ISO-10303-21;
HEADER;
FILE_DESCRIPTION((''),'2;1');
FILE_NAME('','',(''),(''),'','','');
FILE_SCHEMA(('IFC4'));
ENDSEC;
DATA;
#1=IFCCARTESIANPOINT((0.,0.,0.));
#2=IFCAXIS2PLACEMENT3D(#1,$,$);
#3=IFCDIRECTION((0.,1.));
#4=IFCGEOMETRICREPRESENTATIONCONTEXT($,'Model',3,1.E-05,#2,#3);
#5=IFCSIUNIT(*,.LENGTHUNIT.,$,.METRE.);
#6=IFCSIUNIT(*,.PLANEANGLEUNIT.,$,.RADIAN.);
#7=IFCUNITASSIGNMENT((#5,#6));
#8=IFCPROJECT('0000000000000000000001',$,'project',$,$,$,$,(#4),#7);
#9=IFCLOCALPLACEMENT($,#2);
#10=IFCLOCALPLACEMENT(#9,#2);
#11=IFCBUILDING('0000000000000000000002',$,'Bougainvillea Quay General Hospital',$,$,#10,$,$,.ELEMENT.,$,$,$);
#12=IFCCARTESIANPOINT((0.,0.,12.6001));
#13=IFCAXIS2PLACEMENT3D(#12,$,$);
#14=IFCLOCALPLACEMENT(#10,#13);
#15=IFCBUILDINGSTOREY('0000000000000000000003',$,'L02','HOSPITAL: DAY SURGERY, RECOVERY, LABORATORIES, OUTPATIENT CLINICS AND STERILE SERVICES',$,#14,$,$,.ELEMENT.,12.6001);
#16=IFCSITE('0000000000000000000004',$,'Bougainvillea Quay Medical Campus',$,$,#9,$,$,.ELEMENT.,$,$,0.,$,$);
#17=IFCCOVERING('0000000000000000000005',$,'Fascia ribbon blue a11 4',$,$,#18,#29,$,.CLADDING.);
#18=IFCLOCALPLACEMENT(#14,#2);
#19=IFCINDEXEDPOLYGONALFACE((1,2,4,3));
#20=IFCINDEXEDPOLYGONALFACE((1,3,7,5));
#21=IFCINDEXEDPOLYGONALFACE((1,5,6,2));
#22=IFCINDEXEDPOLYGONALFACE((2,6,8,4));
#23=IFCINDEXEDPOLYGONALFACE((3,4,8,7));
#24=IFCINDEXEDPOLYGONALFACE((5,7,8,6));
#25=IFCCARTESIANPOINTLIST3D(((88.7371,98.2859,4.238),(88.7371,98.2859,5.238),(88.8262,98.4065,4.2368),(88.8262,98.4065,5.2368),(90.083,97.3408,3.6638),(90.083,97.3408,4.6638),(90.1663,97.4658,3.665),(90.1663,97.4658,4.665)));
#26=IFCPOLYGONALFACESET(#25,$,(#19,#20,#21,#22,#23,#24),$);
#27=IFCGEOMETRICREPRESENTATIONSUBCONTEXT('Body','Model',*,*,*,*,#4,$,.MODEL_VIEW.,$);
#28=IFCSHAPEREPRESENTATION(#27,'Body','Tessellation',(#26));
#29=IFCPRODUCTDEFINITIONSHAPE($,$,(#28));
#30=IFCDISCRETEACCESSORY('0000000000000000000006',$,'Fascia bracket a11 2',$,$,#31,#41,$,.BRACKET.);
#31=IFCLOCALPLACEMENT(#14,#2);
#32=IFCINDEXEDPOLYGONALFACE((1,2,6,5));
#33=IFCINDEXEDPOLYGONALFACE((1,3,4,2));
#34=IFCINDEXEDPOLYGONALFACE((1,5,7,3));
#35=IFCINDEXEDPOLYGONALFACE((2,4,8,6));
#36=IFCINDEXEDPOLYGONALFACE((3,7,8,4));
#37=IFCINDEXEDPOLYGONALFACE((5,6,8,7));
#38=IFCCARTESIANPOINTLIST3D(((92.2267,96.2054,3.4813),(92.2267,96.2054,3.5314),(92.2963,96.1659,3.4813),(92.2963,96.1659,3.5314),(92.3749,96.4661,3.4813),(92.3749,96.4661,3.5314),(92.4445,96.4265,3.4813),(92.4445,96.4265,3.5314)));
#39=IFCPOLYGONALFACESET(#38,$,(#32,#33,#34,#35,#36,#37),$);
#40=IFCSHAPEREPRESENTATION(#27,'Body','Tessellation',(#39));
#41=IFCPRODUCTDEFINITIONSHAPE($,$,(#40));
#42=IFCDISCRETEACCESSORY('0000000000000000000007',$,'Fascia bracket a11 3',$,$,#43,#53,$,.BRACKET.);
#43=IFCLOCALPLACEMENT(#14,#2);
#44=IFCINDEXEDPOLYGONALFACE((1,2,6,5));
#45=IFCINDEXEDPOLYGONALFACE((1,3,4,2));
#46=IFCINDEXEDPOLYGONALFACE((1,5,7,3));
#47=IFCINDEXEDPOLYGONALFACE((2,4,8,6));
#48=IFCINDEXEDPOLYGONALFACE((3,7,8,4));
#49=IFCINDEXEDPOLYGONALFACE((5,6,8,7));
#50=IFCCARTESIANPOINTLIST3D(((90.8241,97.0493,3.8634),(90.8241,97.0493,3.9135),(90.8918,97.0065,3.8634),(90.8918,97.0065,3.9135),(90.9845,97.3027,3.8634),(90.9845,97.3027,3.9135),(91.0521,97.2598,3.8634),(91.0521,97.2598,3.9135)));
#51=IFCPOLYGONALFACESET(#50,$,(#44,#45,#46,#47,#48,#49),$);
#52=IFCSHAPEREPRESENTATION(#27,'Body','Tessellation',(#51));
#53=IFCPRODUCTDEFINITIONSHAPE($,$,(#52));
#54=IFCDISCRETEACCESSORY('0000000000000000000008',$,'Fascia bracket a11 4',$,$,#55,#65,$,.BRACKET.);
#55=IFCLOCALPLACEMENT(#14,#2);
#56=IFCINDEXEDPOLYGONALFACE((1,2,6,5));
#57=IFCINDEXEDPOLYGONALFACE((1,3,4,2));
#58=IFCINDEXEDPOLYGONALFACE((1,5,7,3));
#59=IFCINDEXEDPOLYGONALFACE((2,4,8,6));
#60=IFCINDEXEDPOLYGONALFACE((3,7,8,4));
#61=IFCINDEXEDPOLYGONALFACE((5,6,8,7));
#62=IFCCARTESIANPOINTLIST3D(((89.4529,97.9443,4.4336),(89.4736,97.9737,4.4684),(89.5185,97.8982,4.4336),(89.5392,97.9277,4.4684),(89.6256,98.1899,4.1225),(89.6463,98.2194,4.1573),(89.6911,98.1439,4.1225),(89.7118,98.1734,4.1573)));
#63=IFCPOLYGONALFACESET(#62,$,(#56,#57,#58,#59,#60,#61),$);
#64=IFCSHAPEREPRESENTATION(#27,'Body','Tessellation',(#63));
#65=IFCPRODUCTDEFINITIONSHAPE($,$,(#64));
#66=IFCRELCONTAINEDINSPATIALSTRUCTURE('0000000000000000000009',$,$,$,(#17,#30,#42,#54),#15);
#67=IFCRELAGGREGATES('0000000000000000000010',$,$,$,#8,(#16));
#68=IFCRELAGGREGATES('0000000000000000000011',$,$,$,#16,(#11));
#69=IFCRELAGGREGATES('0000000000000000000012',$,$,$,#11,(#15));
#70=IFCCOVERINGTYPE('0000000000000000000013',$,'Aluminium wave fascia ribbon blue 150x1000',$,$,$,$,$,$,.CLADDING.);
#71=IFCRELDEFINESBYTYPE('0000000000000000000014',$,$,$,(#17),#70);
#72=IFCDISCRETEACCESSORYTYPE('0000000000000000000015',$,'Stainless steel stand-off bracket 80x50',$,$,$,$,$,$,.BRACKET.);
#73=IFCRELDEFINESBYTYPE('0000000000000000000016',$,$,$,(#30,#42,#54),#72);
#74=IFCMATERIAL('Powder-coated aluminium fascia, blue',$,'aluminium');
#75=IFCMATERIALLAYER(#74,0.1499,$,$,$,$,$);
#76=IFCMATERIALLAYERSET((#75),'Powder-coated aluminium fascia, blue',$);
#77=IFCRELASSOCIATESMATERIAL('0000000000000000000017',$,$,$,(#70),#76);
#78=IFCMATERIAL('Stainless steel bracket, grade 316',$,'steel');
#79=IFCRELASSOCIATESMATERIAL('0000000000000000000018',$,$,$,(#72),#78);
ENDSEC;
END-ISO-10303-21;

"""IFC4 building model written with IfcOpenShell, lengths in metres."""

from ifc_helpers import new_model, si_unit, direction, frame, origin, origin_2d, place, context, subcontext, project, spatial, polyline, rectangle, outline, extrude, material, layer, layer_set, material_profile, profile_set, type_object, element, save


model = new_model("IFC4")

# Units and contexts
model_context = context("Model", 3, precision=1e-05, world=origin(), true_north=direction((0.0, 1.0)))
body_context = subcontext(model_context, "Body", "Model", "MODEL_VIEW")
ifc_project = project(units=[si_unit("LENGTHUNIT", "METRE"), si_unit("PLANEANGLEUNIT", "RADIAN")], contexts=[model_context])

# Site, building, storey
site_placement = place(None, origin())
site = spatial("IfcSite", under=ifc_project, at=site_placement, Name="Bougainvillea Quay Medical Campus", CompositionType="ELEMENT", RefElevation=0.0)
building_placement = place(site_placement, origin())
building = spatial("IfcBuilding", under=site, at=building_placement, Name="Bougainvillea Quay General Hospital", CompositionType="ELEMENT")
storey_placement = place(building_placement, frame((0.0, 0.0, 12.6001)))
storey = spatial("IfcBuildingStorey", under=building, at=storey_placement, Name="L02", Description="HOSPITAL: DAY SURGERY, RECOVERY, LABORATORIES, OUTPATIENT CLINICS AND STERILE SERVICES", CompositionType="ELEMENT", Elevation=12.6001)

# Covering
ifc_material_1 = material(Name="Powder-coated aluminium fascia, blue", Category="aluminium")
ifc_layer_1 = layer(ifc_material_1, 0.1499)
ifc_layer_set_1 = layer_set([ifc_layer_1], Name="Powder-coated aluminium fascia, blue")
covering_type = type_object("IfcCoveringType", Name="Aluminium wave fascia ribbon blue 150x1000", PredefinedType="CLADDING", material=ifc_layer_set_1)
covering_1_placement = place(storey_placement, frame((90.1663, 97.4658, 3.665), z_axis=(0.269847, -0.189376, 0.944097), x_axis=(-0.772726, 0.542415, 0.329667)))
element("IfcCovering", 1, at=covering_1_placement, inside=storey, type_object=covering_type, Name="Fascia ribbon blue a11 4", PredefinedType="CLADDING", context=body_context, shape_type="SweptSolid", body=[
    extrude(outline(polyline([(0.0, 0.0), (1.7343, 0.0), (1.7381, 0.1499), (-0.0039, 0.1501), (0.0, 0.0)])), origin(), (0.329667, 0.000033, 0.944097), 1.0),
])

# Discrete accessories
ifc_material_2 = material(Name="Stainless steel bracket, grade 316", Category="steel")
ifc_material_profile_1 = material_profile(ifc_material_2, rectangle(XDim=0.0801, YDim=0.05, at=origin_2d()))
ifc_profile_set_1 = profile_set([ifc_material_profile_1], Name="Stainless steel bracket, grade 316")
discrete_accessory_type = type_object("IfcDiscreteAccessoryType", Name="Stainless steel stand-off bracket 80x50", PredefinedType="BRACKET", material=ifc_profile_set_1)
for number, where, z_axis, x_axis, name in (
    (2, (92.4097, 96.4463, 3.5063), (-0.494121, -0.869393, 0.0), (0.869393, -0.494121, 0.0), "Fascia bracket a11 2"),
    (3, (91.0183, 97.2812, 3.8884), (-0.53482, -0.844966, 0.0), (0.844966, -0.53482, 0.0), "Fascia bracket a11 3"),
):
    element("IfcDiscreteAccessory", number, at=place(storey_placement, frame(where, z_axis=z_axis, x_axis=x_axis)), inside=storey, type_object=discrete_accessory_type, Name=name, PredefinedType="BRACKET", context=body_context, shape_type="SweptSolid", body=[
        extrude(rectangle(XDim=0.0801, YDim=0.05, at=origin_2d()), origin(), (0.0, 0.0, 1.0), 0.2998),
    ])
discrete_accessory_placement = place(storey_placement, frame((89.6687, 98.1816, 4.1399), z_axis=(-0.399304, -0.568175, 0.719537), x_axis=(0.818161, -0.57499, 0.0)))
element("IfcDiscreteAccessory", 4, at=discrete_accessory_placement, inside=storey, type_object=discrete_accessory_type, Name="Fascia bracket a11 4", PredefinedType="BRACKET", context=body_context, shape_type="SweptSolid", body=[
    extrude(rectangle(XDim=0.0801, YDim=0.05, at=origin_2d()), origin(), (0.0, 0.0, 1.0), 0.4324),
])

save(model, "model.ifc")
